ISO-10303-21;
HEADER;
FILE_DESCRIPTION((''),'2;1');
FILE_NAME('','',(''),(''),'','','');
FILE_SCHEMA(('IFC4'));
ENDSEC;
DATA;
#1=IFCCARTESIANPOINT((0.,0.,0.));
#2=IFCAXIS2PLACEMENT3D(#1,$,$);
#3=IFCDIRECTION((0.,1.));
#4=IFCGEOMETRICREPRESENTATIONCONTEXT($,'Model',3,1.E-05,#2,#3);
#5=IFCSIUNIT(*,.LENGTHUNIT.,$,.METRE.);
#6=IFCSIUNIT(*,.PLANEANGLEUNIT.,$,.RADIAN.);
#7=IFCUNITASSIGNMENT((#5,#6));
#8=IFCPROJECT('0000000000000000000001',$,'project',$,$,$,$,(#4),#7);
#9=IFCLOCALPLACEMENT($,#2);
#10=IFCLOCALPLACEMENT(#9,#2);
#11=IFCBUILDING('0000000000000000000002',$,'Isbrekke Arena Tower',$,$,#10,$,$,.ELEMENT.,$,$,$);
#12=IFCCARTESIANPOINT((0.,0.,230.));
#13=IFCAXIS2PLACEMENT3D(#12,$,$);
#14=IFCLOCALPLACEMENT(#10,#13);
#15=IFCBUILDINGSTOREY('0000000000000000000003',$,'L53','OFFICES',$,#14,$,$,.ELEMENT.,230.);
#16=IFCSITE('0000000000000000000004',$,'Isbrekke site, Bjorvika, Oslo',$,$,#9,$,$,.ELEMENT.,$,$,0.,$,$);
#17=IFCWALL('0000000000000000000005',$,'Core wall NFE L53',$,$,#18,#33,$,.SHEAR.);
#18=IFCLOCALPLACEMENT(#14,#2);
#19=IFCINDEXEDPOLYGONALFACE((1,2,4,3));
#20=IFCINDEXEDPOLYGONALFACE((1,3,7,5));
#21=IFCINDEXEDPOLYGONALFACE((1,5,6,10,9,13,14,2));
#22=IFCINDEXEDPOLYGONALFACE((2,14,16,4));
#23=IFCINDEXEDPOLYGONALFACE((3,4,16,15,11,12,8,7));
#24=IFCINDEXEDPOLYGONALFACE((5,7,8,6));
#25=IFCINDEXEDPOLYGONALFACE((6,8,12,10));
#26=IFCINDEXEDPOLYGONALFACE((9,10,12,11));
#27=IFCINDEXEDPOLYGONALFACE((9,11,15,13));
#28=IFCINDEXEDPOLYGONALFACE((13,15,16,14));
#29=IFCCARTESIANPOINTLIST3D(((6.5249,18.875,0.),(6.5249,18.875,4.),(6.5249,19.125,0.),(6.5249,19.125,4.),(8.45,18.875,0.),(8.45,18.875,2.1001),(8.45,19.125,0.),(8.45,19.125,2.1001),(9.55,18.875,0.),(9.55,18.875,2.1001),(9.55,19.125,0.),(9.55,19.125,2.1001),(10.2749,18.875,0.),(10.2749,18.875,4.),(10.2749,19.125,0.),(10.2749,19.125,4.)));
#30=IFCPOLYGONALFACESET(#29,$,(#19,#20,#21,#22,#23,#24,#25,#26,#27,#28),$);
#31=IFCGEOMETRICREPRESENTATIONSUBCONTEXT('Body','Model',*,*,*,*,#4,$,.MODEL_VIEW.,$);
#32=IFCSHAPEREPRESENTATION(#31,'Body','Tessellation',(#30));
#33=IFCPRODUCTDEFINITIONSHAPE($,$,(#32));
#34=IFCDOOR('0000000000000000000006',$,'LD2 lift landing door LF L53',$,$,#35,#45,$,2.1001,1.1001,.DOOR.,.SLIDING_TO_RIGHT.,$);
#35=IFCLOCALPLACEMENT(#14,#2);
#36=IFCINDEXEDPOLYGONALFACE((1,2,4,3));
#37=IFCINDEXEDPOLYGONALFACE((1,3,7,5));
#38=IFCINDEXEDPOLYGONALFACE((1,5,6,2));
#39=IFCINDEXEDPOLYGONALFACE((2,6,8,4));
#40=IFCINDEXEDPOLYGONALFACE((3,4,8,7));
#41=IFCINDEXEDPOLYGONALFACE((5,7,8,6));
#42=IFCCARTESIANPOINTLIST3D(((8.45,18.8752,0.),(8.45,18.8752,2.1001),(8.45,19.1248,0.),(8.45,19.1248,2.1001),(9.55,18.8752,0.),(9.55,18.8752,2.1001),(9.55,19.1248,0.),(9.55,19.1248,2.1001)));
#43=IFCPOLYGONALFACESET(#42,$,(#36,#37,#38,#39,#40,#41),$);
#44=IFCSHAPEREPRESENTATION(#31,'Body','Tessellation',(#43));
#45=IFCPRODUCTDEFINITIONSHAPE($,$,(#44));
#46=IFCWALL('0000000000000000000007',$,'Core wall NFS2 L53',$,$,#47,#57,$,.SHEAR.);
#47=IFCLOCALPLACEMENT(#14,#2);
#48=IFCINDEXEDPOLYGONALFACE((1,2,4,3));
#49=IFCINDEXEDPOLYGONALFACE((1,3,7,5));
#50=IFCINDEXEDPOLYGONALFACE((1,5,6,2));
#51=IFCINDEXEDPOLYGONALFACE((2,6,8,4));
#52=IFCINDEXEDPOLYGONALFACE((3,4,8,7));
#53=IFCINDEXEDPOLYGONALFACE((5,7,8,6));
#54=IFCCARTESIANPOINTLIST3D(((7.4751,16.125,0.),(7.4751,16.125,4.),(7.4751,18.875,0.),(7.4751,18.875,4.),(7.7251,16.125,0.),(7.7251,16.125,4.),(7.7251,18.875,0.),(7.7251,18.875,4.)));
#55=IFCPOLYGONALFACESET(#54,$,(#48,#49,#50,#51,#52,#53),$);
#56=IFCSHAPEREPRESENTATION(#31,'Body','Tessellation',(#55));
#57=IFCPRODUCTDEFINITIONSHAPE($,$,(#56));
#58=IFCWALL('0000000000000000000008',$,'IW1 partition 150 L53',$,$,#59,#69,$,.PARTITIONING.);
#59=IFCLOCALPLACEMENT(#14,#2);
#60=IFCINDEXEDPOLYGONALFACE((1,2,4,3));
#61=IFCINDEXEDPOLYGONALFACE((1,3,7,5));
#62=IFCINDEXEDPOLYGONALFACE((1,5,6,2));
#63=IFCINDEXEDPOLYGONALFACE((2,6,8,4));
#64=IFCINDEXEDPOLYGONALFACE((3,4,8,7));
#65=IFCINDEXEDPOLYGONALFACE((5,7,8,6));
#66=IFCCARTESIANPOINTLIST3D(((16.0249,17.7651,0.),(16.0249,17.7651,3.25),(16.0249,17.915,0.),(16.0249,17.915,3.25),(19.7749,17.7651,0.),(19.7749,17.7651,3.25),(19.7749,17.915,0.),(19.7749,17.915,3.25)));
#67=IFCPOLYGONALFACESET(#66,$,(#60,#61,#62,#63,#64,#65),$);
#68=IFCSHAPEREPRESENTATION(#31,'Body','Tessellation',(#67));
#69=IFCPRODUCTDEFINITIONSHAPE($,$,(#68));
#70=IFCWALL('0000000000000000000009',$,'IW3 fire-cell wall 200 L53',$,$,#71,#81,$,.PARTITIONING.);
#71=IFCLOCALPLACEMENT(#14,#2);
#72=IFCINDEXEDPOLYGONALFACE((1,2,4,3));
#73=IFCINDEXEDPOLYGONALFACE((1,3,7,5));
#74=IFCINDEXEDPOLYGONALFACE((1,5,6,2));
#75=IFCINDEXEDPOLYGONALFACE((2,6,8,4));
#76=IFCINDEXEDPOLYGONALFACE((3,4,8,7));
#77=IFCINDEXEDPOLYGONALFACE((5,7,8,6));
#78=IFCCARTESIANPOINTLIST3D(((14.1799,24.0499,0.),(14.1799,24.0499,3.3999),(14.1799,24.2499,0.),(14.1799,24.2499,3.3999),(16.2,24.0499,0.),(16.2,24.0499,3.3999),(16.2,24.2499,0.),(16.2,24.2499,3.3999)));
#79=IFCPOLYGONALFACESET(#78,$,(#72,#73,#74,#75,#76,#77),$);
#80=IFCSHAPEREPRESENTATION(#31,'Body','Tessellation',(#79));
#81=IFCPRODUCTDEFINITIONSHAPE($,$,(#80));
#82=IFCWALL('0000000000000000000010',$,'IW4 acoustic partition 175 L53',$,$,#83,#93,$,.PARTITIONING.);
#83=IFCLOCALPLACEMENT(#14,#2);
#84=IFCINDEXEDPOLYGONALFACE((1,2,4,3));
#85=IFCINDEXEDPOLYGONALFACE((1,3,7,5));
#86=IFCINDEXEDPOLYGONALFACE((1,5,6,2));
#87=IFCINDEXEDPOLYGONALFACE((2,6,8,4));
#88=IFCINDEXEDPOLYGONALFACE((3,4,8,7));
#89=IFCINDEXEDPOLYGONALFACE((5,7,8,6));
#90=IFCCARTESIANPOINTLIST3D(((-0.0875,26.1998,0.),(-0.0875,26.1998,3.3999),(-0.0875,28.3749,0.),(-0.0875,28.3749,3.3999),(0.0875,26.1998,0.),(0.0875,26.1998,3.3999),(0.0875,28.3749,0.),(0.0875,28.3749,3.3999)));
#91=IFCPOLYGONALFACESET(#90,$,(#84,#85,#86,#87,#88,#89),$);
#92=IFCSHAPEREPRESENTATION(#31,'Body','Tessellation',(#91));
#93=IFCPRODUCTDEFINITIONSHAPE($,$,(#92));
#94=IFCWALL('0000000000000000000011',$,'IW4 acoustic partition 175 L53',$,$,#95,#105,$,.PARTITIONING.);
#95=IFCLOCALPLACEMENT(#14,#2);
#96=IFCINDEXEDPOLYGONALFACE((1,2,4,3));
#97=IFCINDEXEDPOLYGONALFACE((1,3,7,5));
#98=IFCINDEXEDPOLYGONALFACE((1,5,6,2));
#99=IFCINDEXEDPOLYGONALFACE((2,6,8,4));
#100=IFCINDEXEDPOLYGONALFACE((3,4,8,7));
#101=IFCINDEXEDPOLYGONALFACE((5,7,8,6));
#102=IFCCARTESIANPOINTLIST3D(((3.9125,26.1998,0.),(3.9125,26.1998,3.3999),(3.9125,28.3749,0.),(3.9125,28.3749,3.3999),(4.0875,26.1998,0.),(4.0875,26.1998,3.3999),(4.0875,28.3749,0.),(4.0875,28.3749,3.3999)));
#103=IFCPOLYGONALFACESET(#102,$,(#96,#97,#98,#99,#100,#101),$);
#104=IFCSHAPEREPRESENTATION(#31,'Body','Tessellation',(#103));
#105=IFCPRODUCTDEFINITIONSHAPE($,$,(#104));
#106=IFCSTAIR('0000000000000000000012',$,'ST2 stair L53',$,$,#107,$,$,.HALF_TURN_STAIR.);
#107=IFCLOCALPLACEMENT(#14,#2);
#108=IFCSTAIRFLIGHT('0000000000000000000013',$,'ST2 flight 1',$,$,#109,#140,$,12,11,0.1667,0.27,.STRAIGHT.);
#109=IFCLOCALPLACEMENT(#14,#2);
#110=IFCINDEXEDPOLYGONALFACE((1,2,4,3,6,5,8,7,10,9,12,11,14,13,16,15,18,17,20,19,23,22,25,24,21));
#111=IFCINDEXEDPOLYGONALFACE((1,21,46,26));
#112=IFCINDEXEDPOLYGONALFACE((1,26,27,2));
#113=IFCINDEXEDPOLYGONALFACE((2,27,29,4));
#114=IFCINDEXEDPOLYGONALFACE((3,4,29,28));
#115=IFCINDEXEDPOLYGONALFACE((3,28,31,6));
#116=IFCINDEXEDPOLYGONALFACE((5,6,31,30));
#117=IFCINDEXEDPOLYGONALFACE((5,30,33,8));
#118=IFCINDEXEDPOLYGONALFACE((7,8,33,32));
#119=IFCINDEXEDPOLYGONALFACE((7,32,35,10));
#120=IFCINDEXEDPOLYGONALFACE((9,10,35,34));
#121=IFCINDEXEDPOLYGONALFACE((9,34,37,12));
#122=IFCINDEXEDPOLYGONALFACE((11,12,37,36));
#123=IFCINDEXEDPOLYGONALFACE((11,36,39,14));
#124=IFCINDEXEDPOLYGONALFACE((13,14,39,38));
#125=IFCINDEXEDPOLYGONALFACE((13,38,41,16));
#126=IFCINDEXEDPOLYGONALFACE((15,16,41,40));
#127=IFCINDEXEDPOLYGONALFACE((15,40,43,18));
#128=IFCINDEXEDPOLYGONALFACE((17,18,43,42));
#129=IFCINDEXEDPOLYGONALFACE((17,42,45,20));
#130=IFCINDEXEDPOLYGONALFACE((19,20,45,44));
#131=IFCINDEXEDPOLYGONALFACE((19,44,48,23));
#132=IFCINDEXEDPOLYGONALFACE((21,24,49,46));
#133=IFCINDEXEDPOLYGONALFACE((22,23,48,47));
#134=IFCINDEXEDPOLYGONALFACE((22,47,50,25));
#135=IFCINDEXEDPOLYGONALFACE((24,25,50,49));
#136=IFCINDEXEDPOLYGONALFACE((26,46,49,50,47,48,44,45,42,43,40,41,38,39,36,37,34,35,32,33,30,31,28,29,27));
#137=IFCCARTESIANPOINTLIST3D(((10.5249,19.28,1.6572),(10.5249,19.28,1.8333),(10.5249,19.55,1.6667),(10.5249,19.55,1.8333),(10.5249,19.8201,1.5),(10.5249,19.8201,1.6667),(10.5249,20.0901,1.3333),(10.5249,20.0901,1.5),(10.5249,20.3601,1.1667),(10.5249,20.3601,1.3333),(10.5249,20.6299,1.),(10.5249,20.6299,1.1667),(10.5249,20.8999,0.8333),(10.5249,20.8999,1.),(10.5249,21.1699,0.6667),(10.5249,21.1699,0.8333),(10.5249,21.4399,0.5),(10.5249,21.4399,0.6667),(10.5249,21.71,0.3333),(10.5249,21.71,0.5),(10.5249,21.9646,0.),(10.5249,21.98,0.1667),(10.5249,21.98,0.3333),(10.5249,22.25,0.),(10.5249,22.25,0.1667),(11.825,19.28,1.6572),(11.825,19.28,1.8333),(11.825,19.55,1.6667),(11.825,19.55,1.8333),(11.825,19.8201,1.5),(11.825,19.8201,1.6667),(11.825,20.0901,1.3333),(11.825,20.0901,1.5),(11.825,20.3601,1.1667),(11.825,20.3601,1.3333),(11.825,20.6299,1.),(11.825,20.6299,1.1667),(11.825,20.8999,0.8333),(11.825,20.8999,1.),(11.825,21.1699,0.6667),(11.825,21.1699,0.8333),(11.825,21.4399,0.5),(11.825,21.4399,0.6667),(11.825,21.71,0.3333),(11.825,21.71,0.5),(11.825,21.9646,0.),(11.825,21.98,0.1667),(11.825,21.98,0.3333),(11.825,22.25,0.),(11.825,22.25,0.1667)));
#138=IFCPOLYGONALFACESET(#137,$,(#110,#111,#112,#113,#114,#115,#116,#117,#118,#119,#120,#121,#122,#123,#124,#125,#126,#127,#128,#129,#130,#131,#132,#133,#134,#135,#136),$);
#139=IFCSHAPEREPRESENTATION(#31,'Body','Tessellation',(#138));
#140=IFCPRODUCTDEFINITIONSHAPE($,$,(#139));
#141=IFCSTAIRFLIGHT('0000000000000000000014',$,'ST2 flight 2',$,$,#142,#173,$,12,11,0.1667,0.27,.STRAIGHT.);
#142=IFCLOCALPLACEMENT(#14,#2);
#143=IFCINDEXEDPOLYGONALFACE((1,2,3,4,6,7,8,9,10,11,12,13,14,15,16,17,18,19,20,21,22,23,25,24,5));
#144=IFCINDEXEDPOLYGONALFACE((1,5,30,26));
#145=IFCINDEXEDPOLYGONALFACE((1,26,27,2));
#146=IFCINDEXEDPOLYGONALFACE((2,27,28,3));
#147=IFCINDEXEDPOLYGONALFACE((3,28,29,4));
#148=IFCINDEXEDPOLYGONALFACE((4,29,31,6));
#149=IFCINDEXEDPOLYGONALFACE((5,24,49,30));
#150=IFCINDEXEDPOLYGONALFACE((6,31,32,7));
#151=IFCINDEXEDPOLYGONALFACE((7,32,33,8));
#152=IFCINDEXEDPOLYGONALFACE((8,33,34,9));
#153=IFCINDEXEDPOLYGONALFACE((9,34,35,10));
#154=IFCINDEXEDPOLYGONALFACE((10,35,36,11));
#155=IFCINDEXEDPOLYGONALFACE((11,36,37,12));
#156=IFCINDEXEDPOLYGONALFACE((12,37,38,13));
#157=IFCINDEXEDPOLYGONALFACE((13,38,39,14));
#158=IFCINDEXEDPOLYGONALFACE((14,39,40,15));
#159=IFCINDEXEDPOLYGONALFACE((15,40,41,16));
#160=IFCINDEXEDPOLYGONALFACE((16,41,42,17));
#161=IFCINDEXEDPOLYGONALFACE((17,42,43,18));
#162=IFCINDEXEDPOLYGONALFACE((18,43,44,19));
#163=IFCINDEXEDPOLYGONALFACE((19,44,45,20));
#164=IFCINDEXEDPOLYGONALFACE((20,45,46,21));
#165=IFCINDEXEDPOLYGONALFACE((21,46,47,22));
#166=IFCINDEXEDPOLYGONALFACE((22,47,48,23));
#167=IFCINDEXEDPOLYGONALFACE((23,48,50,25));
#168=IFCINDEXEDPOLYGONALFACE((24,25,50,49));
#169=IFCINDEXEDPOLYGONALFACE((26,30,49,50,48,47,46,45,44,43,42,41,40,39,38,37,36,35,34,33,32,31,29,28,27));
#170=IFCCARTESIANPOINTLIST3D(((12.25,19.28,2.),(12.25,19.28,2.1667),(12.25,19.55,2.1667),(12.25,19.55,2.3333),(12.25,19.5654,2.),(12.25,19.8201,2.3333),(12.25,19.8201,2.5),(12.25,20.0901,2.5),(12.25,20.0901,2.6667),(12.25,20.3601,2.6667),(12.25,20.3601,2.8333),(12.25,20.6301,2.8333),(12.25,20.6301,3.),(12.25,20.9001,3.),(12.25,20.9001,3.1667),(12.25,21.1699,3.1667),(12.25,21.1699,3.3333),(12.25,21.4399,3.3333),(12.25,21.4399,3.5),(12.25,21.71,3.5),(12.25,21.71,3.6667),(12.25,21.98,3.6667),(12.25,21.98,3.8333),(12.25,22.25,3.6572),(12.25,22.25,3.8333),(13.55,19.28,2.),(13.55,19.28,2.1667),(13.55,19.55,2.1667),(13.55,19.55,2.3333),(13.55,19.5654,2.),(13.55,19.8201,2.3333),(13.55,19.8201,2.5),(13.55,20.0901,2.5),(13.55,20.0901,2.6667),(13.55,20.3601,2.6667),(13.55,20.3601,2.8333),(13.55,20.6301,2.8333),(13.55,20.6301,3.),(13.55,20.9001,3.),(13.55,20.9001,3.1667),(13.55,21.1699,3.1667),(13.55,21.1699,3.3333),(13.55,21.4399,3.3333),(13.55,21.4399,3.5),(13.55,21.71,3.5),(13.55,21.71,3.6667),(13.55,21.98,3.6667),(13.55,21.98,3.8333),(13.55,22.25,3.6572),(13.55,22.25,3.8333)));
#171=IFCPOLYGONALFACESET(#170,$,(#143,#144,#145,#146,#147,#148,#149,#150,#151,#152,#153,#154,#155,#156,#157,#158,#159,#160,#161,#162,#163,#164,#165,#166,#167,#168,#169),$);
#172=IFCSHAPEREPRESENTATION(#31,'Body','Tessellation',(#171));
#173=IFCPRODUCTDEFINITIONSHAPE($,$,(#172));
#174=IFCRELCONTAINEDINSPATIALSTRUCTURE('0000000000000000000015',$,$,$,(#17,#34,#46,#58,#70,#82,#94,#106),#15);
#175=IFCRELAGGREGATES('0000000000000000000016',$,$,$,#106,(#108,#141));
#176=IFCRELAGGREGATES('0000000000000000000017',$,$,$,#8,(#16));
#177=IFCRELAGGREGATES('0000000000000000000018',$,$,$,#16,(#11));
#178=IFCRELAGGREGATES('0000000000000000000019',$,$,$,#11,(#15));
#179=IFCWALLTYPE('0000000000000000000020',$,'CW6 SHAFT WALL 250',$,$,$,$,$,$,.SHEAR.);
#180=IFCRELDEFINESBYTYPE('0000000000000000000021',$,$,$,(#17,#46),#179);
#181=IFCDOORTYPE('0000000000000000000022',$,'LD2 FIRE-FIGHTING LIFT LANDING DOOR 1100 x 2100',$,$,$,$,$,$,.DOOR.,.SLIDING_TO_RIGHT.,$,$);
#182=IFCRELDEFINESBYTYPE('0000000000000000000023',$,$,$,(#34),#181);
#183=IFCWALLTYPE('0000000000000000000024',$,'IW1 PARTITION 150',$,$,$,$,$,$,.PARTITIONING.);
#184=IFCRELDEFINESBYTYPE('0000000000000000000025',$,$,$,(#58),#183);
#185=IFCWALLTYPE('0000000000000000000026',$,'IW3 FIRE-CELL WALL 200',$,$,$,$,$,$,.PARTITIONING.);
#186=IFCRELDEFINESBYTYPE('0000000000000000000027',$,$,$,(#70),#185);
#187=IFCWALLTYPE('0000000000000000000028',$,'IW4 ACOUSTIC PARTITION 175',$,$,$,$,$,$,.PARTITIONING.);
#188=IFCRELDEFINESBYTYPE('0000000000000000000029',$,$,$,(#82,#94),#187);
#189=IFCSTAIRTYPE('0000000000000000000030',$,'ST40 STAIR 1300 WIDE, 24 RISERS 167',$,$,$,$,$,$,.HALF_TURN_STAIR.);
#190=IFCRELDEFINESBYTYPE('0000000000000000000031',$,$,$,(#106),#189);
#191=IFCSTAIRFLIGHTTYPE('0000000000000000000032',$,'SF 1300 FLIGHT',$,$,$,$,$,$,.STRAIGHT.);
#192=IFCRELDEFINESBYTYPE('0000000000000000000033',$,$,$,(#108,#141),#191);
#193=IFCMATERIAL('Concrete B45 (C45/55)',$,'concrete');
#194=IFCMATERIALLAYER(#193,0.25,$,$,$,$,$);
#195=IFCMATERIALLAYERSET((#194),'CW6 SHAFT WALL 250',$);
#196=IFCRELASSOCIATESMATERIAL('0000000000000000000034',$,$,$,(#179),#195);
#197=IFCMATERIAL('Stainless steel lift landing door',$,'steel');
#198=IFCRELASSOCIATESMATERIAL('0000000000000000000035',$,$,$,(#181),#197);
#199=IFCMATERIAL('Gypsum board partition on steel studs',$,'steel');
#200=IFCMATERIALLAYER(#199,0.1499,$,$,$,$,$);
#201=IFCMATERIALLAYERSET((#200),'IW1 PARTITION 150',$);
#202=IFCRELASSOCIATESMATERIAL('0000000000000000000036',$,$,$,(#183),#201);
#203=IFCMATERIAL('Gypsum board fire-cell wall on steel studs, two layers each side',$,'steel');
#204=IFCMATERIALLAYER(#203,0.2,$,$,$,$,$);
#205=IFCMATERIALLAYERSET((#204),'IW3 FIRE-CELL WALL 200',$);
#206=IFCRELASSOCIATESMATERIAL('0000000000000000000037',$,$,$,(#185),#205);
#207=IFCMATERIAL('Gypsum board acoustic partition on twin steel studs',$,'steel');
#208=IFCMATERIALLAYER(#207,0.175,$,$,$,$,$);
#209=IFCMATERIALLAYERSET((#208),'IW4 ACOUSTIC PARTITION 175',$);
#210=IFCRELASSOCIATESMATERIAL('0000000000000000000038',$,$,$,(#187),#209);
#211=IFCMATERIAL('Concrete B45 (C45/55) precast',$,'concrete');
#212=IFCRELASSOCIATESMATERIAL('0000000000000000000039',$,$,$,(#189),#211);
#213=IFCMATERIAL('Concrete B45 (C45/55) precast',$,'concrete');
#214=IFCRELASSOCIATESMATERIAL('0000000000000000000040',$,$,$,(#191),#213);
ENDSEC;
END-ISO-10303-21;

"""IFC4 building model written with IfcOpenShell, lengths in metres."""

from ifc_helpers import new_model, si_unit, direction, frame, frame_2d, origin, place, context, subcontext, project, spatial, polyline, rectangle, outline, extrude, material, layer, layer_set, type_object, element, fill, aggregate, save


model = new_model("IFC4")

# Units and contexts
model_context = context("Model", 3, precision=1e-05, world=origin(), true_north=direction((0.0, 1.0)))
body_context = subcontext(model_context, "Body", "Model", "MODEL_VIEW")
ifc_project = project(units=[si_unit("LENGTHUNIT", "METRE"), si_unit("PLANEANGLEUNIT", "RADIAN")], contexts=[model_context])

# Site, building, storey
site_placement = place(None, origin())
site = spatial("IfcSite", under=ifc_project, at=site_placement, Name="Isbrekke site, Bjorvika, Oslo", CompositionType="ELEMENT", RefElevation=0.0)
building_placement = place(site_placement, origin())
building = spatial("IfcBuilding", under=site, at=building_placement, Name="Isbrekke Arena Tower", CompositionType="ELEMENT")
storey_placement = place(building_placement, frame((0.0, 0.0, 230.0)))
storey = spatial("IfcBuildingStorey", under=building, at=storey_placement, Name="L53", Description="OFFICES", CompositionType="ELEMENT", Elevation=230.0)

# Shared definitions
ifc_material_1 = material(Name="Concrete B45 (C45/55)", Category="concrete")
ifc_layer_1 = layer(ifc_material_1, 0.25)
ifc_layer_set_1 = layer_set([ifc_layer_1], Name="CW6 SHAFT WALL 250")
wall_type_1 = type_object("IfcWallType", Name="CW6 SHAFT WALL 250", PredefinedType="SHEAR", material=ifc_layer_set_1)

# Wall, opening, door
wall_1_placement = place(storey_placement, frame((6.5249, 19.0, 0.0), z_axis=(0.0, 0.0, 1.0), x_axis=(1.0, 0.0, 0.0)))
wall_1 = element("IfcWall", 1, at=wall_1_placement, inside=storey, type_object=wall_type_1, Name="Core wall NFE L53", PredefinedType="SHEAR", context=body_context, shape_type="SweptSolid", body=[
    extrude(rectangle(XDim=3.75, YDim=0.25, at=frame_2d((1.875, 0.0))), origin(), (0.0, 0.0, 1.0), 4.0),
])
opening_1_placement = place(wall_1_placement, frame((1.925, 0.0, 0.0)))
opening_1 = element("IfcOpeningElement", 2, at=opening_1_placement, cuts=wall_1, PredefinedType="OPENING", context=body_context, shape_type="SweptSolid", body=[
    extrude(rectangle(XDim=1.1001, YDim=2.1001, at=frame_2d((0.55, 1.05))), frame((0.0, 0.1399, 0.0), z_axis=(0.0, -1.0, 0.0), x_axis=(1.0, 0.0, 0.0)), (0.0, 0.0, 1.0), 0.2798),
])
ifc_material_2 = material(Name="Stainless steel lift landing door", Category="steel")
door_type_1 = type_object("IfcDoorType", Name="LD2 FIRE-FIGHTING LIFT LANDING DOOR 1100 x 2100", OperationType="SLIDING_TO_RIGHT", PredefinedType="DOOR", material=ifc_material_2)
door_1_placement = place(opening_1_placement, origin())
door_1 = element("IfcDoor", 3, at=door_1_placement, inside=storey, type_object=door_type_1, Name="LD2 lift landing door LF L53", OperationType="SLIDING_TO_RIGHT", OverallHeight=2.1001, OverallWidth=1.1001, PredefinedType="DOOR", context=body_context, shape_type="SweptSolid", body=[
    extrude(rectangle(XDim=1.1001, YDim=2.1001, at=frame_2d((0.55, 1.05))), frame((0.0, 0.1248, 0.0), z_axis=(0.0, -1.0, 0.0), x_axis=(1.0, 0.0, 0.0)), (0.0, 0.0, 1.0), 0.2495),
])
fill(opening_1, door_1)

# Walls
wall_2_placement = place(storey_placement, frame((7.6001, 16.125, 0.0), z_axis=(0.0, 0.0, 1.0), x_axis=(0.0, 1.0, 0.0)))
element("IfcWall", 4, at=wall_2_placement, inside=storey, type_object=wall_type_1, Name="Core wall NFS2 L53", PredefinedType="SHEAR", context=body_context, shape_type="SweptSolid", body=[
    extrude(rectangle(XDim=2.75, YDim=0.25, at=frame_2d((1.375, 0.0))), origin(), (0.0, 0.0, 1.0), 4.0),
])
ifc_material_3 = material(Name="Gypsum board partition on steel studs", Category="steel")
ifc_layer_2 = layer(ifc_material_3, 0.1499)
ifc_layer_set_2 = layer_set([ifc_layer_2], Name="IW1 PARTITION 150")
wall_type_2 = type_object("IfcWallType", Name="IW1 PARTITION 150", PredefinedType="PARTITIONING", material=ifc_layer_set_2)
wall_3_placement = place(storey_placement, frame((16.0249, 17.8401, 0.0), z_axis=(0.0, 0.0, 1.0), x_axis=(1.0, 0.0, 0.0)))
element("IfcWall", 5, at=wall_3_placement, inside=storey, type_object=wall_type_2, Name="IW1 partition 150 L53", PredefinedType="PARTITIONING", context=body_context, shape_type="SweptSolid", body=[
    extrude(rectangle(XDim=3.75, YDim=0.1499, at=frame_2d((1.875, 0.0))), origin(), (0.0, 0.0, 1.0), 3.25),
])
ifc_material_4 = material(Name="Gypsum board fire-cell wall on steel studs, two layers each side", Category="steel")
ifc_layer_3 = layer(ifc_material_4, 0.2)
ifc_layer_set_3 = layer_set([ifc_layer_3], Name="IW3 FIRE-CELL WALL 200")
wall_type_3 = type_object("IfcWallType", Name="IW3 FIRE-CELL WALL 200", PredefinedType="PARTITIONING", material=ifc_layer_set_3)
wall_4_placement = place(storey_placement, frame((14.1799, 24.1499, 0.0), z_axis=(0.0, 0.0, 1.0), x_axis=(1.0, 0.0, 0.0)))
element("IfcWall", 6, at=wall_4_placement, inside=storey, type_object=wall_type_3, Name="IW3 fire-cell wall 200 L53", PredefinedType="PARTITIONING", context=body_context, shape_type="SweptSolid", body=[
    extrude(rectangle(XDim=2.02, YDim=0.2, at=frame_2d((1.01, 0.0))), origin(), (0.0, 0.0, 1.0), 3.3999),
])
ifc_material_5 = material(Name="Gypsum board acoustic partition on twin steel studs", Category="steel")
ifc_layer_4 = layer(ifc_material_5, 0.175)
ifc_layer_set_4 = layer_set([ifc_layer_4], Name="IW4 ACOUSTIC PARTITION 175")
wall_type_4 = type_object("IfcWallType", Name="IW4 ACOUSTIC PARTITION 175", PredefinedType="PARTITIONING", material=ifc_layer_set_4)
for number, where, z_axis, x_axis, name in (
    (7, (0.0, 26.2, 0.0), (0.0, 0.0, 1.0), (0.0, 1.0, 0.0), "IW4 acoustic partition 175 L53"),
    (8, (4.0, 26.2, 0.0), (0.0, 0.0, 1.0), (0.0, 1.0, 0.0), "IW4 acoustic partition 175 L53"),
):
    element("IfcWall", number, at=place(storey_placement, frame(where, z_axis=z_axis, x_axis=x_axis)), inside=storey, type_object=wall_type_4, Name=name, PredefinedType="PARTITIONING", context=body_context, shape_type="SweptSolid", body=[
        extrude(rectangle(XDim=2.175, YDim=0.175, at=frame_2d((1.0874, 0.0))), origin(), (0.0, 0.0, 1.0), 3.3999),
    ])

# Stair, stair flights
ifc_material_6 = material(Name="Concrete B45 (C45/55) precast", Category="concrete")
stair_type = type_object("IfcStairType", Name="ST40 STAIR 1300 WIDE, 24 RISERS 167", PredefinedType="HALF_TURN_STAIR", material=ifc_material_6)
stair_placement = place(storey_placement, origin())
stair = element("IfcStair", 9, at=stair_placement, inside=storey, type_object=stair_type, Name="ST2 stair L53", PredefinedType="HALF_TURN_STAIR")
ifc_material_7 = material(Name="Concrete B45 (C45/55) precast", Category="concrete")
stair_flight_type = type_object("IfcStairFlightType", Name="SF 1300 FLIGHT", PredefinedType="STRAIGHT", material=ifc_material_7)
stair_flight_1_placement = place(storey_placement, frame((11.175, 22.25, 0.0), z_axis=(0.0, 0.0, 1.0), x_axis=(0.0, -1.0, 0.0)))
stair_flight_1 = element("IfcStairFlight", 10, at=stair_flight_1_placement, type_object=stair_flight_type, Name="ST2 flight 1", NumberOfRisers=12, NumberOfTreads=11, PredefinedType="STRAIGHT", RiserHeight=0.1667, TreadLength=0.27, context=body_context, shape_type="SweptSolid", body=[
    extrude(outline(polyline([(0.0, 0.0), (0.0, 0.1667), (0.27, 0.1667), (0.27, 0.3333), (0.54, 0.3333), (0.54, 0.5), (0.8101, 0.5), (0.8101, 0.6667), (1.0801, 0.6667), (1.0801, 0.8333), (1.3501, 0.8333), (1.3501, 1.0), (1.6201, 1.0), (1.6201, 1.1667), (1.8899, 1.1667), (1.8899, 1.3333), (2.1599, 1.3333), (2.1599, 1.5), (2.4299, 1.5), (2.4299, 1.6667), (2.7, 1.6667), (2.7, 1.8333), (2.97, 1.8333), (2.97, 2.0), (2.97, 1.6572), (0.2854, 0.0), (0.0, 0.0)])), frame((0.0, 0.6499, 0.0), z_axis=(0.0, -1.0, 0.0), x_axis=(1.0, 0.0, 0.0)), (0.0, 0.0, 1.0), 1.3),
])
stair_flight_2_placement = place(storey_placement, frame((12.8999, 19.28, 2.0), z_axis=(0.0, 0.0, 1.0), x_axis=(0.0, 1.0, 0.0)))
stair_flight_2 = element("IfcStairFlight", 11, at=stair_flight_2_placement, type_object=stair_flight_type, Name="ST2 flight 2", NumberOfRisers=12, NumberOfTreads=11, PredefinedType="STRAIGHT", RiserHeight=0.1667, TreadLength=0.27, context=body_context, shape_type="SweptSolid", body=[
    extrude(outline(polyline([(0.0, 0.0), (0.0, 0.1667), (0.27, 0.1667), (0.27, 0.3333), (0.54, 0.3333), (0.54, 0.5), (0.8101, 0.5), (0.8101, 0.6667), (1.0801, 0.6667), (1.0801, 0.8333), (1.3501, 0.8333), (1.3501, 1.0), (1.6201, 1.0), (1.6201, 1.1667), (1.8899, 1.1667), (1.8899, 1.3333), (2.1599, 1.3333), (2.1599, 1.5), (2.4299, 1.5), (2.4299, 1.6667), (2.7, 1.6667), (2.7, 1.8333), (2.97, 1.8333), (2.97, 2.0), (2.97, 1.6572), (0.2854, 0.0), (0.0, 0.0)])), frame((0.0, 0.6499, 0.0), z_axis=(0.0, -1.0, 0.0), x_axis=(1.0, 0.0, 0.0)), (0.0, 0.0, 1.0), 1.3),
])
aggregate(stair, [stair_flight_1, stair_flight_2])

save(model, "model.ifc")
